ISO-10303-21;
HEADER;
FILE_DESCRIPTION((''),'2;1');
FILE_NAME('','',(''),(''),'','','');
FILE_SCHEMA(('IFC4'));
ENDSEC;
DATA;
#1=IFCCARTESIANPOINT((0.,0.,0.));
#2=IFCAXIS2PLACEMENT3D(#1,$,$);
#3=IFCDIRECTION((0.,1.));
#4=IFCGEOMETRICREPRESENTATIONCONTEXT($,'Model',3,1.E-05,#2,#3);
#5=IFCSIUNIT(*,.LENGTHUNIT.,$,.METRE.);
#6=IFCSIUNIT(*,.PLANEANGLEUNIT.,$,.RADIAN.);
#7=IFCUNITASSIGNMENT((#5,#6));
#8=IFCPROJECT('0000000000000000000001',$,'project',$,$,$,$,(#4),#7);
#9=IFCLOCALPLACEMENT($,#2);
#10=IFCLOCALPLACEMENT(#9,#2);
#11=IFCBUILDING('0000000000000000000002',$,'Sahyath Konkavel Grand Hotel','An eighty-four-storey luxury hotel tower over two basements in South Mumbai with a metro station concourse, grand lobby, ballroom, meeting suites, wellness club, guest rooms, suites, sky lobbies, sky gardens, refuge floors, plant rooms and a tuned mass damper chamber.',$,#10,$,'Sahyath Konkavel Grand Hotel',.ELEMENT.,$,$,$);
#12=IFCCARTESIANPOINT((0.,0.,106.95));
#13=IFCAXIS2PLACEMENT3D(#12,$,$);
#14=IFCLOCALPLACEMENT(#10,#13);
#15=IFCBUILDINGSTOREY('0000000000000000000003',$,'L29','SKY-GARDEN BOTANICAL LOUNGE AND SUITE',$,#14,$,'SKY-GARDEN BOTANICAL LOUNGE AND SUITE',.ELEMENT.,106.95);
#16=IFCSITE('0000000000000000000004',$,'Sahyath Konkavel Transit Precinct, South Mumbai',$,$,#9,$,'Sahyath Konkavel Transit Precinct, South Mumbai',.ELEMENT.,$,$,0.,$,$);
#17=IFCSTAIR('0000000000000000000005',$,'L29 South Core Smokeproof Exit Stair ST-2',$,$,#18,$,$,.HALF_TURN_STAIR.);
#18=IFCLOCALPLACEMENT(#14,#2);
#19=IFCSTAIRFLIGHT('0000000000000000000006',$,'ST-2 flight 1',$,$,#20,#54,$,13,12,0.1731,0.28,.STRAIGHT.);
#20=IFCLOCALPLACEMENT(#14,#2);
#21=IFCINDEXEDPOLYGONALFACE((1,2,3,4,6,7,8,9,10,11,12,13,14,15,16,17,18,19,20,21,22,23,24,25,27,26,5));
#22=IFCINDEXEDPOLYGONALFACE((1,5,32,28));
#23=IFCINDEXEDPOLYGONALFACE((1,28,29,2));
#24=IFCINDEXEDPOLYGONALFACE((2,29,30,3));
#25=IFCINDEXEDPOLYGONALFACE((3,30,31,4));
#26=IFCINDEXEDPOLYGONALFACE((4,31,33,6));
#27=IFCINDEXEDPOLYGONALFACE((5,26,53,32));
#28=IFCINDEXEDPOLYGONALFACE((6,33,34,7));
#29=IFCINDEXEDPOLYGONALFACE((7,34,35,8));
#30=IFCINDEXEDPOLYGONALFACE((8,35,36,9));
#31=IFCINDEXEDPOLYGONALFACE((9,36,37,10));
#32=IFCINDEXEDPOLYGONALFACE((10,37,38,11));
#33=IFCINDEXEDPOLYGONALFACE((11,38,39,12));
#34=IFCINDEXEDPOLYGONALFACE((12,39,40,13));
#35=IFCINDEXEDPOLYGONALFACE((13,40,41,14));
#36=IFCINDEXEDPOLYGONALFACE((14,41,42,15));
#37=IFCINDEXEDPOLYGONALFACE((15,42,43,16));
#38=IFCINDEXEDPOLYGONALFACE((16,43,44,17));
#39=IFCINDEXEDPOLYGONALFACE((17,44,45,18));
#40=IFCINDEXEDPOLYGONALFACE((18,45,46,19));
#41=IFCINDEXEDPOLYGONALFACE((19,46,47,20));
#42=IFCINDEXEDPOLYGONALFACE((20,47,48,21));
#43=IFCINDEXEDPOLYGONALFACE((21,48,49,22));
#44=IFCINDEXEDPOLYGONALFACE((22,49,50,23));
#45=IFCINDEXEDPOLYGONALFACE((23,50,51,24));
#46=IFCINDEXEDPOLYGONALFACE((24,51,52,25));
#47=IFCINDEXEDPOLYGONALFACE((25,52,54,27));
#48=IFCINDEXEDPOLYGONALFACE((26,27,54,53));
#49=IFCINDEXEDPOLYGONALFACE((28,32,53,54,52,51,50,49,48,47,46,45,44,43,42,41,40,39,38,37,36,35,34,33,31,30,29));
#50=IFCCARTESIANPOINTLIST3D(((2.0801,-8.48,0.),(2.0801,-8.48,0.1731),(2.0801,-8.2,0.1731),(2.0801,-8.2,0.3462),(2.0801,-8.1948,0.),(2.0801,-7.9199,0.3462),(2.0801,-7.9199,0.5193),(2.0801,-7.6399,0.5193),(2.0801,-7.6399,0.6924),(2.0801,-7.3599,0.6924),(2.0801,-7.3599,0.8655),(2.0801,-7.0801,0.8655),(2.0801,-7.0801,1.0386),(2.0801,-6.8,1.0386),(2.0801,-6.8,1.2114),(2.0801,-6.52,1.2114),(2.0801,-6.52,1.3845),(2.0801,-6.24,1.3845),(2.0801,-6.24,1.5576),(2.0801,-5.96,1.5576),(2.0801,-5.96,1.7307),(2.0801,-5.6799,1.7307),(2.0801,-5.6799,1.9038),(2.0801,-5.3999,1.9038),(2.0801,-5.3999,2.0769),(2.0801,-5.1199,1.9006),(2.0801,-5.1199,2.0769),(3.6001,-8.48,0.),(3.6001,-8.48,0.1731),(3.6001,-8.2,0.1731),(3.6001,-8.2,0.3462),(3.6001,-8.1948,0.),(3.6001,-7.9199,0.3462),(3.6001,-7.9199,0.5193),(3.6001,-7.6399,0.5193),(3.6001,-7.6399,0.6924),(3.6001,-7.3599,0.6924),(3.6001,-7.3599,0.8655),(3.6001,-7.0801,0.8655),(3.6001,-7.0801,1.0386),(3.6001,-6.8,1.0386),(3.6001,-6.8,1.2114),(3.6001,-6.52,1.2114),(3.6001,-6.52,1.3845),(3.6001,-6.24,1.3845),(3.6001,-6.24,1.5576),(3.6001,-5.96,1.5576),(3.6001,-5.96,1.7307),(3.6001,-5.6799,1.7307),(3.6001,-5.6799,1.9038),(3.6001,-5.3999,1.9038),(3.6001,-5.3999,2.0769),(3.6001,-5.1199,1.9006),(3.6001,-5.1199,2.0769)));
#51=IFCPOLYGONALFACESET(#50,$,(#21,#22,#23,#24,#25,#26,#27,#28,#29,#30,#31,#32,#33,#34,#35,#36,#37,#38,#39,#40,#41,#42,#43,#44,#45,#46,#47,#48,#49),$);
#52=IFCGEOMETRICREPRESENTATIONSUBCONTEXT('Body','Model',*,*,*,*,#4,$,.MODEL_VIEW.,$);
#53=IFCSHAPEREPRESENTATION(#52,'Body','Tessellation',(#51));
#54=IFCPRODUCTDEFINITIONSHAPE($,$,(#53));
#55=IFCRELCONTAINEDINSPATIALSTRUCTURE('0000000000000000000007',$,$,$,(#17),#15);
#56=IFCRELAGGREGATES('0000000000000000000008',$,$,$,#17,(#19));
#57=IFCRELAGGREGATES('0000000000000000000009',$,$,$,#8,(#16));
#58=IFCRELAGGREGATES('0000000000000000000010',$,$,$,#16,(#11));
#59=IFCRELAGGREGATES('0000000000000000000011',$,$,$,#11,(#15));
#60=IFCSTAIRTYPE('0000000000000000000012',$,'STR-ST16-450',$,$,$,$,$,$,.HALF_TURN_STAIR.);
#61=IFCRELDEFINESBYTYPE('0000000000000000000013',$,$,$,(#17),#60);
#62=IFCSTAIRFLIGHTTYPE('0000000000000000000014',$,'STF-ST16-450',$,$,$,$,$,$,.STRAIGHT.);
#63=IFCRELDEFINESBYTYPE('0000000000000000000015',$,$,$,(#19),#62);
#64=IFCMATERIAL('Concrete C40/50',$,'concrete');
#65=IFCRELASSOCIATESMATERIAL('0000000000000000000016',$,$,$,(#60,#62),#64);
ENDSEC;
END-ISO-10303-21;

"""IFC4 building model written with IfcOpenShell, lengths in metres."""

from ifc_helpers import new_model, si_unit, direction, frame, origin, place, context, subcontext, project, spatial, polyline, outline, extrude, material, type_object, element, aggregate, save


model = new_model("IFC4")

# Units and contexts
model_context = context("Model", 3, precision=1e-05, world=origin(), true_north=direction((0.0, 1.0)))
body_context = subcontext(model_context, "Body", "Model", "MODEL_VIEW")
ifc_project = project(units=[si_unit("LENGTHUNIT", "METRE"), si_unit("PLANEANGLEUNIT", "RADIAN")], contexts=[model_context])

# Site, building, storey
site_placement = place(None, origin())
site = spatial("IfcSite", under=ifc_project, at=site_placement, Name="Sahyath Konkavel Transit Precinct, South Mumbai", LongName="Sahyath Konkavel Transit Precinct, South Mumbai", CompositionType="ELEMENT", RefElevation=0.0)
building_placement = place(site_placement, origin())
building = spatial("IfcBuilding", under=site, at=building_placement, Name="Sahyath Konkavel Grand Hotel", Description="An eighty-four-storey luxury hotel tower over two basements in South Mumbai with a metro station concourse, grand lobby, ballroom, meeting suites, wellness club, guest rooms, suites, sky lobbies, sky gardens, refuge floors, plant rooms and a tuned mass damper chamber.", LongName="Sahyath Konkavel Grand Hotel", CompositionType="ELEMENT")
storey_placement = place(building_placement, frame((0.0, 0.0, 106.95)))
storey = spatial("IfcBuildingStorey", under=building, at=storey_placement, Name="L29", Description="SKY-GARDEN BOTANICAL LOUNGE AND SUITE", LongName="SKY-GARDEN BOTANICAL LOUNGE AND SUITE", CompositionType="ELEMENT", Elevation=106.95)

# Shared definitions
ifc_material_1 = material(Name="Concrete C40/50", Category="concrete")

# Stair, stair flight
stair_type = type_object("IfcStairType", Name="STR-ST16-450", PredefinedType="HALF_TURN_STAIR", material=ifc_material_1)
stair_placement = place(storey_placement, origin())
stair = element("IfcStair", 1, at=stair_placement, inside=storey, type_object=stair_type, Name="L29 South Core Smokeproof Exit Stair ST-2", PredefinedType="HALF_TURN_STAIR")
stair_flight_type = type_object("IfcStairFlightType", Name="STF-ST16-450", PredefinedType="STRAIGHT", material=ifc_material_1)
stair_flight_placement = place(storey_placement, frame((2.8401, -8.48, 0.0), z_axis=(0.0, 0.0, 1.0), x_axis=(0.0, 1.0, 0.0)))
stair_flight = element("IfcStairFlight", 2, at=stair_flight_placement, type_object=stair_flight_type, Name="ST-2 flight 1", NumberOfRisers=13, NumberOfTreads=12, PredefinedType="STRAIGHT", RiserHeight=0.1731, TreadLength=0.28, context=body_context, shape_type="SweptSolid", body=[
    extrude(outline(polyline([(0.0, 0.0), (0.0, 0.1731), (0.28, 0.1731), (0.28, 0.3462), (0.5601, 0.3462), (0.5601, 0.5193), (0.8401, 0.5193), (0.8401, 0.6924), (1.1201, 0.6924), (1.1201, 0.8655), (1.3999, 0.8655), (1.3999, 1.0386), (1.6799, 1.0386), (1.6799, 1.2114), (1.96, 1.2114), (1.96, 1.3845), (2.24, 1.3845), (2.24, 1.5576), (2.52, 1.5576), (2.52, 1.7307), (2.8, 1.7307), (2.8, 1.9038), (3.0801, 1.9038), (3.0801, 2.0769), (3.3601, 2.0769), (3.3601, 2.25), (3.3601, 1.9006), (0.2852, 0.0), (0.0, 0.0)])), frame((0.0, 0.76, 0.0), z_axis=(0.0, -1.0, 0.0), x_axis=(1.0, 0.0, 0.0)), (0.0, 0.0, 1.0), 1.52),
])
aggregate(stair, [stair_flight])

save(model, "model.ifc")
